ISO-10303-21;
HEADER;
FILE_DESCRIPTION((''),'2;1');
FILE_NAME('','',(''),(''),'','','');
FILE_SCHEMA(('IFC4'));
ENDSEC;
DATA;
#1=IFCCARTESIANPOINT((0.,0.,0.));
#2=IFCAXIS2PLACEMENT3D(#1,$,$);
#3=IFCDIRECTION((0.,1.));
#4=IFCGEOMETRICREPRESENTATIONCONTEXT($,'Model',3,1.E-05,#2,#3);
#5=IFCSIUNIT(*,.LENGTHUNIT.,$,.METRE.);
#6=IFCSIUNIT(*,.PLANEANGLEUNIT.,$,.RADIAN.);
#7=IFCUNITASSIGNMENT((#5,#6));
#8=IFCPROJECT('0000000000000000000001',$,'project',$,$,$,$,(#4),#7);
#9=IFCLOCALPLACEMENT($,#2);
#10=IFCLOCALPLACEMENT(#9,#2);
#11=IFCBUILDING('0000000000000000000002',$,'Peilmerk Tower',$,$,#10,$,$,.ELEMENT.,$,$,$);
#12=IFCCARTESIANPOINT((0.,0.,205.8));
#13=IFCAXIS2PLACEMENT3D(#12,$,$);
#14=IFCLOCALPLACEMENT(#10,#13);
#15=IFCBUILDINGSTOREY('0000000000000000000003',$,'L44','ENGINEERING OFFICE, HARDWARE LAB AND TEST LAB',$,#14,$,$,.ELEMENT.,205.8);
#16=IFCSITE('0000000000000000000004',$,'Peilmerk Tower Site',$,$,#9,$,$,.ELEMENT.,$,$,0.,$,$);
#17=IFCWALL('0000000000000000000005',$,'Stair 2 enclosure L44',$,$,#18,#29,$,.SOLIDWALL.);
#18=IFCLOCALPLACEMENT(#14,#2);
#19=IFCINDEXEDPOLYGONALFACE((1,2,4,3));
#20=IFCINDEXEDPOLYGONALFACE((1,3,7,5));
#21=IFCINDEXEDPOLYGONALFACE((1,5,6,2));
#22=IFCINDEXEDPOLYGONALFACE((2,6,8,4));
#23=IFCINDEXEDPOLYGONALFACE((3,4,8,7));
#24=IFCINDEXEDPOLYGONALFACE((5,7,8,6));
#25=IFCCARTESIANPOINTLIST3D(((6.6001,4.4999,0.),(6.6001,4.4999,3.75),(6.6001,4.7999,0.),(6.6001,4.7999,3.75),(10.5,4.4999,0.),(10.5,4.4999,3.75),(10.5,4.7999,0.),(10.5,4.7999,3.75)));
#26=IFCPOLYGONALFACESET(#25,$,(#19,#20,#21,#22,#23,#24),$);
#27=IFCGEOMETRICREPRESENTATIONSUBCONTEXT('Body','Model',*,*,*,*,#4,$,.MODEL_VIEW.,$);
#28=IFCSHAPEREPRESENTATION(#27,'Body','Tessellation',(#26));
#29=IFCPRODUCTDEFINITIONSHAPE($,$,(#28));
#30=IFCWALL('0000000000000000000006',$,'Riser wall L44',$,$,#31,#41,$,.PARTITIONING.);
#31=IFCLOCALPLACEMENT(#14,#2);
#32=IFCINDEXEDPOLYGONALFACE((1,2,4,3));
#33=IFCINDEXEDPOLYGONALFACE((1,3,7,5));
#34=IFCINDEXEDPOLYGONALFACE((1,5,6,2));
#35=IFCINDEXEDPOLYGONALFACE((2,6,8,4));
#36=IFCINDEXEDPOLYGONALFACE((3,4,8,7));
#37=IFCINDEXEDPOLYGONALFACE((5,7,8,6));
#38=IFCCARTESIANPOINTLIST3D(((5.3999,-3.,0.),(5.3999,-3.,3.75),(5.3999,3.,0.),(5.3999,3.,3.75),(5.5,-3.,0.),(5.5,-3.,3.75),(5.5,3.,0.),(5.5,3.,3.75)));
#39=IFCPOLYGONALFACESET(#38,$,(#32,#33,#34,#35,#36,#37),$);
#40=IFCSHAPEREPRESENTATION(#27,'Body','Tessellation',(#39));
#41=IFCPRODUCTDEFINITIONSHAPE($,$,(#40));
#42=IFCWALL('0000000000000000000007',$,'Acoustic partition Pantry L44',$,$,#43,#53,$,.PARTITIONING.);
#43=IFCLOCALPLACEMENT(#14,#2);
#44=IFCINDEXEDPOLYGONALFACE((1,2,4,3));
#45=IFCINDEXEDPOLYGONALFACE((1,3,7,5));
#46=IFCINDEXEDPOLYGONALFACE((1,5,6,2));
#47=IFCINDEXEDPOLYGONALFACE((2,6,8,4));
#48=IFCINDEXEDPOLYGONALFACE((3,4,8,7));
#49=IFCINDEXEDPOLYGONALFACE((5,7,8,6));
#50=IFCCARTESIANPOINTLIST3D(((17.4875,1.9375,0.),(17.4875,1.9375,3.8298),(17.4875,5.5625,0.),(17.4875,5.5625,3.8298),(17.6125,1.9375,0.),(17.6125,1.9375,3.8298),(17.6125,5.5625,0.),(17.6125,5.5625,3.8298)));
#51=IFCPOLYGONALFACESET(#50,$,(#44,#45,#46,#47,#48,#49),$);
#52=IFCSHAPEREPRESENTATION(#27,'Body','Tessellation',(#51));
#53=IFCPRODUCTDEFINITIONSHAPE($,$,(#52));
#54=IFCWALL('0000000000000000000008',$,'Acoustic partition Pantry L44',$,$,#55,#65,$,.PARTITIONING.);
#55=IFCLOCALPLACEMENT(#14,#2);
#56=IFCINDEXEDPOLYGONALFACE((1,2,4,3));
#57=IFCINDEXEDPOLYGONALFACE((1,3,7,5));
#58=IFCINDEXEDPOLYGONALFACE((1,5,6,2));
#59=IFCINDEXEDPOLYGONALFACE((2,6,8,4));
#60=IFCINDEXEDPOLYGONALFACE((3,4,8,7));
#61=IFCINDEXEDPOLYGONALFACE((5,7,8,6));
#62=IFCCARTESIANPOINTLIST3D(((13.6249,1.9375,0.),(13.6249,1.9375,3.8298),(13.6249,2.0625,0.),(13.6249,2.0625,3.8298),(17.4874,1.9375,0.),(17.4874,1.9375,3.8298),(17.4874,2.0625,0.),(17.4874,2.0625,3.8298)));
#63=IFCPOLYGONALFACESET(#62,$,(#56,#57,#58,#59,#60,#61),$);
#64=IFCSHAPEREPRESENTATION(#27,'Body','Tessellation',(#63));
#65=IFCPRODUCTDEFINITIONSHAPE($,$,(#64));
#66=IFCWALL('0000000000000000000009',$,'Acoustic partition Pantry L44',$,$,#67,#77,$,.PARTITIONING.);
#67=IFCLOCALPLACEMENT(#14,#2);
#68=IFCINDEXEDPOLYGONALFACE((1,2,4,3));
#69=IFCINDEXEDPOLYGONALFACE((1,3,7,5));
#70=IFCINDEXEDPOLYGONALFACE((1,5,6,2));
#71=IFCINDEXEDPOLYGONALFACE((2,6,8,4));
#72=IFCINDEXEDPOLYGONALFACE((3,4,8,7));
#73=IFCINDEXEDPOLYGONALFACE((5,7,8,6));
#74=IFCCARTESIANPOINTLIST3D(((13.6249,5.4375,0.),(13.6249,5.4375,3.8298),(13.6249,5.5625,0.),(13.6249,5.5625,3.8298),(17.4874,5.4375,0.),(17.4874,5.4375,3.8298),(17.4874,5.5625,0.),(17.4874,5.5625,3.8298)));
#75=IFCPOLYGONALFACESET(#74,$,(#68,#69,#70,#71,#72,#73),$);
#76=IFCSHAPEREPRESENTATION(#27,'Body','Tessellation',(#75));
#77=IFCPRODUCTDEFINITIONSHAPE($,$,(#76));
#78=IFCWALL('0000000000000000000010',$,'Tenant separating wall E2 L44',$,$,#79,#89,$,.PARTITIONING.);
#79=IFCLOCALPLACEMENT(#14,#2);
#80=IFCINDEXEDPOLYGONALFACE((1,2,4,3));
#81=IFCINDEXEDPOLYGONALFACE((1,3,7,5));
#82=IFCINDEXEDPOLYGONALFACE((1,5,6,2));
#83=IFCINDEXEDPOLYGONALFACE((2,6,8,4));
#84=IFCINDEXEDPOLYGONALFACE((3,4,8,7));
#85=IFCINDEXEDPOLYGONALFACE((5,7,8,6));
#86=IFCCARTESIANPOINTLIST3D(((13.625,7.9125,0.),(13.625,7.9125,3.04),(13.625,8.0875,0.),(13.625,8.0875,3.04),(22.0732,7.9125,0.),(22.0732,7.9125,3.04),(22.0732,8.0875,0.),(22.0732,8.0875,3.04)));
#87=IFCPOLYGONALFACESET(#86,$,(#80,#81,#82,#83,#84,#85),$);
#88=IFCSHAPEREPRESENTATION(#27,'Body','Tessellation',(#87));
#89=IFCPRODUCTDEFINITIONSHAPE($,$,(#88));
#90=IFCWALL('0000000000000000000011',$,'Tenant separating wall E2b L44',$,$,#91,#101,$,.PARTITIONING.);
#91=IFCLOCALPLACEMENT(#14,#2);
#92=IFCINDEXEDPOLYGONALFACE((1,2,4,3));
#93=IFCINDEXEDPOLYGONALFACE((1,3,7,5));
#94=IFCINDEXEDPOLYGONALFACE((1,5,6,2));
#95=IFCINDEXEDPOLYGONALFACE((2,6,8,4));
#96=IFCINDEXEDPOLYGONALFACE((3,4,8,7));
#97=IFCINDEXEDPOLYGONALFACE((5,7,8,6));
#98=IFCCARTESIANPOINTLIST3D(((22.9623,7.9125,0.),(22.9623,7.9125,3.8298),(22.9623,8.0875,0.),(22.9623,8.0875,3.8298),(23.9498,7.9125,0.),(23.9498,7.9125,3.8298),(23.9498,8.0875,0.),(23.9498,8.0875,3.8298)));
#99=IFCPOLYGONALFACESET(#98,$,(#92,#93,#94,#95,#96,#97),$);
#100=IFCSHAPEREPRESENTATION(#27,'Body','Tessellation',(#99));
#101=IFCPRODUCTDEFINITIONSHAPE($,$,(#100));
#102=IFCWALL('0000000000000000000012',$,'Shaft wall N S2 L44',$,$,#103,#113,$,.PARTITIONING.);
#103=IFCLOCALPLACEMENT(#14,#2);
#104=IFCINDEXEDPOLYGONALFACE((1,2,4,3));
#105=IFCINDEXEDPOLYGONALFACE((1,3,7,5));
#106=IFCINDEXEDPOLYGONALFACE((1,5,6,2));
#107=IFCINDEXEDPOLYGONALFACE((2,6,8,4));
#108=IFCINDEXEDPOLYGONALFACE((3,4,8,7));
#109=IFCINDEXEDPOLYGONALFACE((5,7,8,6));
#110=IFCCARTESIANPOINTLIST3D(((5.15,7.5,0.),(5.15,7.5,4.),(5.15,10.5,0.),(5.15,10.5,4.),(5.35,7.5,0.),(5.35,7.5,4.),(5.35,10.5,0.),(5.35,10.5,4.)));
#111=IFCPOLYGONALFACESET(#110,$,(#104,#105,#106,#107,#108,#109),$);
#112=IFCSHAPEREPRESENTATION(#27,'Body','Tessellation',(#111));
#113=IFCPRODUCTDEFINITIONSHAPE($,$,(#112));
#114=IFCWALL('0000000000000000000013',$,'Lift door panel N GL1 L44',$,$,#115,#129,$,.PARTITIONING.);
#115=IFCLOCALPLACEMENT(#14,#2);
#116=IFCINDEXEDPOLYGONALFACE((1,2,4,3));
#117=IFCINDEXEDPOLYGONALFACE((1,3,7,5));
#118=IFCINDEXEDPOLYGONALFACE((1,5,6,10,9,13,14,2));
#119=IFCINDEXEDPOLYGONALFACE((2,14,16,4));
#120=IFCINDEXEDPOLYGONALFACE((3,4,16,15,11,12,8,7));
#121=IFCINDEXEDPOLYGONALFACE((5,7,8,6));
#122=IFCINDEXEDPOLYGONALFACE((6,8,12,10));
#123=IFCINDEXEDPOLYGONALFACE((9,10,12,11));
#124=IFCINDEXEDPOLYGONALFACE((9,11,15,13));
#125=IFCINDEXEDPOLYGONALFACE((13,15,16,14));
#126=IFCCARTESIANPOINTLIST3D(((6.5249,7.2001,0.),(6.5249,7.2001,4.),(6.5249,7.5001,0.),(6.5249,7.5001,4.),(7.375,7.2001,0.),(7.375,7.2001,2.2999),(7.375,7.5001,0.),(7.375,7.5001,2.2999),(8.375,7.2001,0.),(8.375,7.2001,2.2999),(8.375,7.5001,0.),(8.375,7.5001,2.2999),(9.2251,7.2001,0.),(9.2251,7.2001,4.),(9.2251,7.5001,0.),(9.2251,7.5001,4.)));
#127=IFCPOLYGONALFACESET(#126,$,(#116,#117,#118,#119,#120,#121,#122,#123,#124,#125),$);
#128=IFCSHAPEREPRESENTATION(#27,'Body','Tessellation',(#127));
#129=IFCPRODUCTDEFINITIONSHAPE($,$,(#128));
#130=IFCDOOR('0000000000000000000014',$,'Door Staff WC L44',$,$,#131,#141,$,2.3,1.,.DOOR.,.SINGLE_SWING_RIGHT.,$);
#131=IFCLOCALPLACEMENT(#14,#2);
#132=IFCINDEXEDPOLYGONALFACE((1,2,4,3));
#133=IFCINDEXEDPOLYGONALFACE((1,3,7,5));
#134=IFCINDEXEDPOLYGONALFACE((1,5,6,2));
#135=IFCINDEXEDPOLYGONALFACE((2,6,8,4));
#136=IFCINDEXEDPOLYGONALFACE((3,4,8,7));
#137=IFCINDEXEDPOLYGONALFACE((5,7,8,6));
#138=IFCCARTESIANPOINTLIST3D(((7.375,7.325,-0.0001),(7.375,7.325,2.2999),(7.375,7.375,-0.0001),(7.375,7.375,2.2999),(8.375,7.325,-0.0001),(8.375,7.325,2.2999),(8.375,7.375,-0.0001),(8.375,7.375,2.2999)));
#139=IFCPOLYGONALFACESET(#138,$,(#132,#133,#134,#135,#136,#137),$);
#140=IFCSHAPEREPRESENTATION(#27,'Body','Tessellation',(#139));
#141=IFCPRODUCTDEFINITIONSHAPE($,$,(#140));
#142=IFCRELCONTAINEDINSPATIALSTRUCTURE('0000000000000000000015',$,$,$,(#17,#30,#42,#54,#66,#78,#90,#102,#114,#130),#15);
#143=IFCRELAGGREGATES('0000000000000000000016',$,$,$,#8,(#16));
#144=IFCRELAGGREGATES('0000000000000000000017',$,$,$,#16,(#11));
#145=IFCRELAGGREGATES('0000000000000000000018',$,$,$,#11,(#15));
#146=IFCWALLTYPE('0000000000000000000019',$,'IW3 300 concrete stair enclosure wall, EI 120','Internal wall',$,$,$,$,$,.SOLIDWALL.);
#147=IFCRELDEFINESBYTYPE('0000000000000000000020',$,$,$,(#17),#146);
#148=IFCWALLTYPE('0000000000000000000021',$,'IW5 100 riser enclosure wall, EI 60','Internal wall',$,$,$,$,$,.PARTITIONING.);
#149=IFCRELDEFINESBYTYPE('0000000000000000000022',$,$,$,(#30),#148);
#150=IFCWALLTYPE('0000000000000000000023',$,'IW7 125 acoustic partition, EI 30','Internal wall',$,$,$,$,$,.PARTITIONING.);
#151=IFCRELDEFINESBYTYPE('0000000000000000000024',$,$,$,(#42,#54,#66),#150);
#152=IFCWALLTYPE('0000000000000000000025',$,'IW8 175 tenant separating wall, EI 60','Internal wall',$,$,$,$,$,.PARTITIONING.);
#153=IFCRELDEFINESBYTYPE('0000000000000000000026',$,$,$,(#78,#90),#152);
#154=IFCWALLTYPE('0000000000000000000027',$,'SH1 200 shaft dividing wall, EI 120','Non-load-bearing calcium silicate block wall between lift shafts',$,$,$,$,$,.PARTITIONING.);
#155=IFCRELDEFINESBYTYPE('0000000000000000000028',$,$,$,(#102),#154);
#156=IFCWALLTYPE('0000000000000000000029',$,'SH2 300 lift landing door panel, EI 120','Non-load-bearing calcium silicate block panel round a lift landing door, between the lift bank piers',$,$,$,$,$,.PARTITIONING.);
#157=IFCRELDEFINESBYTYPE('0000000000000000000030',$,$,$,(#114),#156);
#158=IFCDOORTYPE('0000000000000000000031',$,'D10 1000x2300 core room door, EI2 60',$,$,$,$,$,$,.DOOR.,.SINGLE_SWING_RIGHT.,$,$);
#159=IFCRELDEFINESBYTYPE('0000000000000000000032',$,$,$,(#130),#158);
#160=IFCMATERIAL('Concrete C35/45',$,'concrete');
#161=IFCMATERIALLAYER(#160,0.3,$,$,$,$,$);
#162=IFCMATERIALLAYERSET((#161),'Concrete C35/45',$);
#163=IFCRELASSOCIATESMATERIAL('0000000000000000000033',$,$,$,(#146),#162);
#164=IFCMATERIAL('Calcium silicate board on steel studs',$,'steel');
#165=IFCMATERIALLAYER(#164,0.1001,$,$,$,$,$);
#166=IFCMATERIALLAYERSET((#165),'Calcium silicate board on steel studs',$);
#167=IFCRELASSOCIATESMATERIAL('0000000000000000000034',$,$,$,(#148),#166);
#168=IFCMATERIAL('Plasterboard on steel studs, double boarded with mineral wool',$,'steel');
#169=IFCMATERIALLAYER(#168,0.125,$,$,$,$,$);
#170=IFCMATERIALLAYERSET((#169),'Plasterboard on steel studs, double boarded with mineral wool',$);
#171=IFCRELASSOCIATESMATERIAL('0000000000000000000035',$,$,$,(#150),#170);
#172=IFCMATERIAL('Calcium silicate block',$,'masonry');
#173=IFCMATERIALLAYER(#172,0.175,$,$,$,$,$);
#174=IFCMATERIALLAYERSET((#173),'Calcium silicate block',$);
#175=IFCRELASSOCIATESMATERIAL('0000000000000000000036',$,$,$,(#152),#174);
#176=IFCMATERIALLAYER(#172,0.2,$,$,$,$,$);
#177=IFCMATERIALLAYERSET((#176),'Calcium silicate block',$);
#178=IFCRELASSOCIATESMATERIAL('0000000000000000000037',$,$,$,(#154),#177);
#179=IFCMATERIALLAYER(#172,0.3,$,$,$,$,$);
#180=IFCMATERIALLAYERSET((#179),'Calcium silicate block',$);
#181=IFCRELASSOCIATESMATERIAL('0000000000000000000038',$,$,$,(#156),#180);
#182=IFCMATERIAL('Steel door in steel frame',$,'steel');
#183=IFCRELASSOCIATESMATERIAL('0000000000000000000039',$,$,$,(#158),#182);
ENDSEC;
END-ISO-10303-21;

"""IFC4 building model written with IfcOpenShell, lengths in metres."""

from ifc_helpers import new_model, si_unit, direction, frame, frame_2d, origin, place, context, subcontext, project, spatial, rectangle, extrude, material, layer, layer_set, type_object, element, fill, save


model = new_model("IFC4")

# Units and contexts
model_context = context("Model", 3, precision=1e-05, world=origin(), true_north=direction((0.0, 1.0)))
body_context = subcontext(model_context, "Body", "Model", "MODEL_VIEW")
ifc_project = project(units=[si_unit("LENGTHUNIT", "METRE"), si_unit("PLANEANGLEUNIT", "RADIAN")], contexts=[model_context])

# Site, building, storey
site_placement = place(None, origin())
site = spatial("IfcSite", under=ifc_project, at=site_placement, Name="Peilmerk Tower Site", CompositionType="ELEMENT", RefElevation=0.0)
building_placement = place(site_placement, origin())
building = spatial("IfcBuilding", under=site, at=building_placement, Name="Peilmerk Tower", CompositionType="ELEMENT")
storey_placement = place(building_placement, frame((0.0, 0.0, 205.8)))
storey = spatial("IfcBuildingStorey", under=building, at=storey_placement, Name="L44", Description="ENGINEERING OFFICE, HARDWARE LAB AND TEST LAB", CompositionType="ELEMENT", Elevation=205.8)

# Walls
ifc_material_1 = material(Name="Concrete C35/45", Category="concrete")
ifc_layer_1 = layer(ifc_material_1, 0.3)
ifc_layer_set_1 = layer_set([ifc_layer_1], Name="Concrete C35/45")
wall_type_1 = type_object("IfcWallType", Name="IW3 300 concrete stair enclosure wall, EI 120", Description="Internal wall", PredefinedType="SOLIDWALL", material=ifc_layer_set_1)
wall_1_placement = place(storey_placement, frame((6.6001, 4.6499, 0.0), z_axis=(0.0, 0.0, 1.0), x_axis=(1.0, 0.0, 0.0)))
element("IfcWall", 1, at=wall_1_placement, inside=storey, type_object=wall_type_1, Name="Stair 2 enclosure L44", PredefinedType="SOLIDWALL", context=body_context, shape_type="SweptSolid", body=[
    extrude(rectangle(XDim=3.8999, YDim=0.3, at=frame_2d((1.95, 0.0))), origin(), (0.0, 0.0, 1.0), 3.75),
])
ifc_material_2 = material(Name="Calcium silicate board on steel studs", Category="steel")
ifc_layer_2 = layer(ifc_material_2, 0.1001)
ifc_layer_set_2 = layer_set([ifc_layer_2], Name="Calcium silicate board on steel studs")
wall_type_2 = type_object("IfcWallType", Name="IW5 100 riser enclosure wall, EI 60", Description="Internal wall", PredefinedType="PARTITIONING", material=ifc_layer_set_2)
wall_2_placement = place(storey_placement, frame((5.45, 3.0, 0.0), z_axis=(0.0, 0.0, 1.0), x_axis=(0.0, -1.0, 0.0)))
element("IfcWall", 2, at=wall_2_placement, inside=storey, type_object=wall_type_2, Name="Riser wall L44", PredefinedType="PARTITIONING", context=body_context, shape_type="SweptSolid", body=[
    extrude(rectangle(XDim=6.0, YDim=0.1001, at=frame_2d((3.0, 0.0))), origin(), (0.0, 0.0, 1.0), 3.75),
])
ifc_material_3 = material(Name="Plasterboard on steel studs, double boarded with mineral wool", Category="steel")
ifc_layer_3 = layer(ifc_material_3, 0.125)
ifc_layer_set_3 = layer_set([ifc_layer_3], Name="Plasterboard on steel studs, double boarded with mineral wool")
wall_type_3 = type_object("IfcWallType", Name="IW7 125 acoustic partition, EI 30", Description="Internal wall", PredefinedType="PARTITIONING", material=ifc_layer_set_3)
wall_3_placement = place(storey_placement, frame((17.55, 1.9375, 0.0), z_axis=(0.0, 0.0, 1.0), x_axis=(0.0, 1.0, 0.0)))
element("IfcWall", 3, at=wall_3_placement, inside=storey, type_object=wall_type_3, Name="Acoustic partition Pantry L44", PredefinedType="PARTITIONING", context=body_context, shape_type="SweptSolid", body=[
    extrude(rectangle(XDim=3.625, YDim=0.125, at=frame_2d((1.8125, 0.0))), origin(), (0.0, 0.0, 1.0), 3.8298),
])
for number, where, z_axis, x_axis, name in (
    (4, (13.625, 2.0, 0.0), (0.0, 0.0, 1.0), (1.0, 0.0, 0.0), "Acoustic partition Pantry L44"),
    (5, (13.625, 5.5, 0.0), (0.0, 0.0, 1.0), (1.0, 0.0, 0.0), "Acoustic partition Pantry L44"),
):
    element("IfcWall", number, at=place(storey_placement, frame(where, z_axis=z_axis, x_axis=x_axis)), inside=storey, type_object=wall_type_3, Name=name, PredefinedType="PARTITIONING", context=body_context, shape_type="SweptSolid", body=[
        extrude(rectangle(XDim=3.8625, YDim=0.125, at=frame_2d((1.9312, 0.0))), origin(), (0.0, 0.0, 1.0), 3.8298),
    ])
ifc_material_4 = material(Name="Calcium silicate block", Category="masonry")
ifc_layer_4 = layer(ifc_material_4, 0.175)
ifc_layer_set_4 = layer_set([ifc_layer_4], Name="Calcium silicate block")
wall_type_4 = type_object("IfcWallType", Name="IW8 175 tenant separating wall, EI 60", Description="Internal wall", PredefinedType="PARTITIONING", material=ifc_layer_set_4)
wall_4_placement = place(storey_placement, frame((13.625, 8.0, 0.0), z_axis=(0.0, 0.0, 1.0), x_axis=(1.0, 0.0, 0.0)))
element("IfcWall", 6, at=wall_4_placement, inside=storey, type_object=wall_type_4, Name="Tenant separating wall E2 L44", PredefinedType="PARTITIONING", context=body_context, shape_type="SweptSolid", body=[
    extrude(rectangle(XDim=8.4482, YDim=0.175, at=frame_2d((4.2241, 0.0))), origin(), (0.0, 0.0, 1.0), 3.04),
])
wall_5_placement = place(storey_placement, frame((22.9624, 8.0, 0.0), z_axis=(0.0, 0.0, 1.0), x_axis=(1.0, 0.0, 0.0)))
element("IfcWall", 7, at=wall_5_placement, inside=storey, type_object=wall_type_4, Name="Tenant separating wall E2b L44", PredefinedType="PARTITIONING", context=body_context, shape_type="SweptSolid", body=[
    extrude(rectangle(XDim=0.9875, YDim=0.175, at=frame_2d((0.4937, 0.0))), origin(), (0.0, 0.0, 1.0), 3.8298),
])
ifc_layer_5 = layer(ifc_material_4, 0.2)
ifc_layer_set_5 = layer_set([ifc_layer_5], Name="Calcium silicate block")
wall_type_5 = type_object("IfcWallType", Name="SH1 200 shaft dividing wall, EI 120", Description="Non-load-bearing calcium silicate block wall between lift shafts", PredefinedType="PARTITIONING", material=ifc_layer_set_5)
wall_6_placement = place(storey_placement, frame((5.25, 7.5, 0.0), z_axis=(0.0, 0.0, 1.0), x_axis=(0.0, 1.0, 0.0)))
element("IfcWall", 8, at=wall_6_placement, inside=storey, type_object=wall_type_5, Name="Shaft wall N S2 L44", PredefinedType="PARTITIONING", context=body_context, shape_type="SweptSolid", body=[
    extrude(rectangle(XDim=3.0, YDim=0.2, at=frame_2d((1.5, 0.0))), origin(), (0.0, 0.0, 1.0), 4.0),
])

# Wall, opening, door
ifc_layer_6 = layer(ifc_material_4, 0.3)
ifc_layer_set_6 = layer_set([ifc_layer_6], Name="Calcium silicate block")
wall_type_6 = type_object("IfcWallType", Name="SH2 300 lift landing door panel, EI 120", Description="Non-load-bearing calcium silicate block panel round a lift landing door, between the lift bank piers", PredefinedType="PARTITIONING", material=ifc_layer_set_6)
wall_7_placement = place(storey_placement, frame((6.5249, 7.3501, 0.0), z_axis=(0.0, 0.0, 1.0), x_axis=(1.0, 0.0, 0.0)))
wall_7 = element("IfcWall", 9, at=wall_7_placement, inside=storey, type_object=wall_type_6, Name="Lift door panel N GL1 L44", PredefinedType="PARTITIONING", context=body_context, shape_type="SweptSolid", body=[
    extrude(rectangle(XDim=2.7002, YDim=0.3, at=frame_2d((1.3501, 0.0))), origin(), (0.0, 0.0, 1.0), 4.0),
])
opening_1_placement = place(wall_7_placement, frame((0.8501, 0.0, 0.0)))
opening_1 = element("IfcOpeningElement", 10, at=opening_1_placement, cuts=wall_7, PredefinedType="OPENING", context=body_context, shape_type="SweptSolid", body=[
    extrude(rectangle(XDim=1.0, YDim=2.3, at=frame_2d((0.5, 1.1499))), frame((0.0, 0.1599, 0.0), z_axis=(0.0, -1.0, 0.0), x_axis=(1.0, 0.0, 0.0)), (0.0, 0.0, 1.0), 0.3201),
])
ifc_material_5 = material(Name="Steel door in steel frame", Category="steel")
door_type_1 = type_object("IfcDoorType", Name="D10 1000x2300 core room door, EI2 60", OperationType="SINGLE_SWING_RIGHT", PredefinedType="DOOR", material=ifc_material_5)
door_1_placement = place(opening_1_placement, origin())
door_1 = element("IfcDoor", 11, at=door_1_placement, inside=storey, type_object=door_type_1, Name="Door Staff WC L44", OperationType="SINGLE_SWING_RIGHT", OverallHeight=2.3, OverallWidth=1.0, PredefinedType="DOOR", context=body_context, shape_type="SweptSolid", body=[
    extrude(rectangle(XDim=1.0, YDim=2.3, at=frame_2d((0.5, 1.1499))), frame((0.0, 0.0249, 0.0), z_axis=(0.0, -1.0, 0.0), x_axis=(1.0, 0.0, 0.0)), (0.0, 0.0, 1.0), 0.05),
])
fill(opening_1, door_1)

save(model, "model.ifc")
